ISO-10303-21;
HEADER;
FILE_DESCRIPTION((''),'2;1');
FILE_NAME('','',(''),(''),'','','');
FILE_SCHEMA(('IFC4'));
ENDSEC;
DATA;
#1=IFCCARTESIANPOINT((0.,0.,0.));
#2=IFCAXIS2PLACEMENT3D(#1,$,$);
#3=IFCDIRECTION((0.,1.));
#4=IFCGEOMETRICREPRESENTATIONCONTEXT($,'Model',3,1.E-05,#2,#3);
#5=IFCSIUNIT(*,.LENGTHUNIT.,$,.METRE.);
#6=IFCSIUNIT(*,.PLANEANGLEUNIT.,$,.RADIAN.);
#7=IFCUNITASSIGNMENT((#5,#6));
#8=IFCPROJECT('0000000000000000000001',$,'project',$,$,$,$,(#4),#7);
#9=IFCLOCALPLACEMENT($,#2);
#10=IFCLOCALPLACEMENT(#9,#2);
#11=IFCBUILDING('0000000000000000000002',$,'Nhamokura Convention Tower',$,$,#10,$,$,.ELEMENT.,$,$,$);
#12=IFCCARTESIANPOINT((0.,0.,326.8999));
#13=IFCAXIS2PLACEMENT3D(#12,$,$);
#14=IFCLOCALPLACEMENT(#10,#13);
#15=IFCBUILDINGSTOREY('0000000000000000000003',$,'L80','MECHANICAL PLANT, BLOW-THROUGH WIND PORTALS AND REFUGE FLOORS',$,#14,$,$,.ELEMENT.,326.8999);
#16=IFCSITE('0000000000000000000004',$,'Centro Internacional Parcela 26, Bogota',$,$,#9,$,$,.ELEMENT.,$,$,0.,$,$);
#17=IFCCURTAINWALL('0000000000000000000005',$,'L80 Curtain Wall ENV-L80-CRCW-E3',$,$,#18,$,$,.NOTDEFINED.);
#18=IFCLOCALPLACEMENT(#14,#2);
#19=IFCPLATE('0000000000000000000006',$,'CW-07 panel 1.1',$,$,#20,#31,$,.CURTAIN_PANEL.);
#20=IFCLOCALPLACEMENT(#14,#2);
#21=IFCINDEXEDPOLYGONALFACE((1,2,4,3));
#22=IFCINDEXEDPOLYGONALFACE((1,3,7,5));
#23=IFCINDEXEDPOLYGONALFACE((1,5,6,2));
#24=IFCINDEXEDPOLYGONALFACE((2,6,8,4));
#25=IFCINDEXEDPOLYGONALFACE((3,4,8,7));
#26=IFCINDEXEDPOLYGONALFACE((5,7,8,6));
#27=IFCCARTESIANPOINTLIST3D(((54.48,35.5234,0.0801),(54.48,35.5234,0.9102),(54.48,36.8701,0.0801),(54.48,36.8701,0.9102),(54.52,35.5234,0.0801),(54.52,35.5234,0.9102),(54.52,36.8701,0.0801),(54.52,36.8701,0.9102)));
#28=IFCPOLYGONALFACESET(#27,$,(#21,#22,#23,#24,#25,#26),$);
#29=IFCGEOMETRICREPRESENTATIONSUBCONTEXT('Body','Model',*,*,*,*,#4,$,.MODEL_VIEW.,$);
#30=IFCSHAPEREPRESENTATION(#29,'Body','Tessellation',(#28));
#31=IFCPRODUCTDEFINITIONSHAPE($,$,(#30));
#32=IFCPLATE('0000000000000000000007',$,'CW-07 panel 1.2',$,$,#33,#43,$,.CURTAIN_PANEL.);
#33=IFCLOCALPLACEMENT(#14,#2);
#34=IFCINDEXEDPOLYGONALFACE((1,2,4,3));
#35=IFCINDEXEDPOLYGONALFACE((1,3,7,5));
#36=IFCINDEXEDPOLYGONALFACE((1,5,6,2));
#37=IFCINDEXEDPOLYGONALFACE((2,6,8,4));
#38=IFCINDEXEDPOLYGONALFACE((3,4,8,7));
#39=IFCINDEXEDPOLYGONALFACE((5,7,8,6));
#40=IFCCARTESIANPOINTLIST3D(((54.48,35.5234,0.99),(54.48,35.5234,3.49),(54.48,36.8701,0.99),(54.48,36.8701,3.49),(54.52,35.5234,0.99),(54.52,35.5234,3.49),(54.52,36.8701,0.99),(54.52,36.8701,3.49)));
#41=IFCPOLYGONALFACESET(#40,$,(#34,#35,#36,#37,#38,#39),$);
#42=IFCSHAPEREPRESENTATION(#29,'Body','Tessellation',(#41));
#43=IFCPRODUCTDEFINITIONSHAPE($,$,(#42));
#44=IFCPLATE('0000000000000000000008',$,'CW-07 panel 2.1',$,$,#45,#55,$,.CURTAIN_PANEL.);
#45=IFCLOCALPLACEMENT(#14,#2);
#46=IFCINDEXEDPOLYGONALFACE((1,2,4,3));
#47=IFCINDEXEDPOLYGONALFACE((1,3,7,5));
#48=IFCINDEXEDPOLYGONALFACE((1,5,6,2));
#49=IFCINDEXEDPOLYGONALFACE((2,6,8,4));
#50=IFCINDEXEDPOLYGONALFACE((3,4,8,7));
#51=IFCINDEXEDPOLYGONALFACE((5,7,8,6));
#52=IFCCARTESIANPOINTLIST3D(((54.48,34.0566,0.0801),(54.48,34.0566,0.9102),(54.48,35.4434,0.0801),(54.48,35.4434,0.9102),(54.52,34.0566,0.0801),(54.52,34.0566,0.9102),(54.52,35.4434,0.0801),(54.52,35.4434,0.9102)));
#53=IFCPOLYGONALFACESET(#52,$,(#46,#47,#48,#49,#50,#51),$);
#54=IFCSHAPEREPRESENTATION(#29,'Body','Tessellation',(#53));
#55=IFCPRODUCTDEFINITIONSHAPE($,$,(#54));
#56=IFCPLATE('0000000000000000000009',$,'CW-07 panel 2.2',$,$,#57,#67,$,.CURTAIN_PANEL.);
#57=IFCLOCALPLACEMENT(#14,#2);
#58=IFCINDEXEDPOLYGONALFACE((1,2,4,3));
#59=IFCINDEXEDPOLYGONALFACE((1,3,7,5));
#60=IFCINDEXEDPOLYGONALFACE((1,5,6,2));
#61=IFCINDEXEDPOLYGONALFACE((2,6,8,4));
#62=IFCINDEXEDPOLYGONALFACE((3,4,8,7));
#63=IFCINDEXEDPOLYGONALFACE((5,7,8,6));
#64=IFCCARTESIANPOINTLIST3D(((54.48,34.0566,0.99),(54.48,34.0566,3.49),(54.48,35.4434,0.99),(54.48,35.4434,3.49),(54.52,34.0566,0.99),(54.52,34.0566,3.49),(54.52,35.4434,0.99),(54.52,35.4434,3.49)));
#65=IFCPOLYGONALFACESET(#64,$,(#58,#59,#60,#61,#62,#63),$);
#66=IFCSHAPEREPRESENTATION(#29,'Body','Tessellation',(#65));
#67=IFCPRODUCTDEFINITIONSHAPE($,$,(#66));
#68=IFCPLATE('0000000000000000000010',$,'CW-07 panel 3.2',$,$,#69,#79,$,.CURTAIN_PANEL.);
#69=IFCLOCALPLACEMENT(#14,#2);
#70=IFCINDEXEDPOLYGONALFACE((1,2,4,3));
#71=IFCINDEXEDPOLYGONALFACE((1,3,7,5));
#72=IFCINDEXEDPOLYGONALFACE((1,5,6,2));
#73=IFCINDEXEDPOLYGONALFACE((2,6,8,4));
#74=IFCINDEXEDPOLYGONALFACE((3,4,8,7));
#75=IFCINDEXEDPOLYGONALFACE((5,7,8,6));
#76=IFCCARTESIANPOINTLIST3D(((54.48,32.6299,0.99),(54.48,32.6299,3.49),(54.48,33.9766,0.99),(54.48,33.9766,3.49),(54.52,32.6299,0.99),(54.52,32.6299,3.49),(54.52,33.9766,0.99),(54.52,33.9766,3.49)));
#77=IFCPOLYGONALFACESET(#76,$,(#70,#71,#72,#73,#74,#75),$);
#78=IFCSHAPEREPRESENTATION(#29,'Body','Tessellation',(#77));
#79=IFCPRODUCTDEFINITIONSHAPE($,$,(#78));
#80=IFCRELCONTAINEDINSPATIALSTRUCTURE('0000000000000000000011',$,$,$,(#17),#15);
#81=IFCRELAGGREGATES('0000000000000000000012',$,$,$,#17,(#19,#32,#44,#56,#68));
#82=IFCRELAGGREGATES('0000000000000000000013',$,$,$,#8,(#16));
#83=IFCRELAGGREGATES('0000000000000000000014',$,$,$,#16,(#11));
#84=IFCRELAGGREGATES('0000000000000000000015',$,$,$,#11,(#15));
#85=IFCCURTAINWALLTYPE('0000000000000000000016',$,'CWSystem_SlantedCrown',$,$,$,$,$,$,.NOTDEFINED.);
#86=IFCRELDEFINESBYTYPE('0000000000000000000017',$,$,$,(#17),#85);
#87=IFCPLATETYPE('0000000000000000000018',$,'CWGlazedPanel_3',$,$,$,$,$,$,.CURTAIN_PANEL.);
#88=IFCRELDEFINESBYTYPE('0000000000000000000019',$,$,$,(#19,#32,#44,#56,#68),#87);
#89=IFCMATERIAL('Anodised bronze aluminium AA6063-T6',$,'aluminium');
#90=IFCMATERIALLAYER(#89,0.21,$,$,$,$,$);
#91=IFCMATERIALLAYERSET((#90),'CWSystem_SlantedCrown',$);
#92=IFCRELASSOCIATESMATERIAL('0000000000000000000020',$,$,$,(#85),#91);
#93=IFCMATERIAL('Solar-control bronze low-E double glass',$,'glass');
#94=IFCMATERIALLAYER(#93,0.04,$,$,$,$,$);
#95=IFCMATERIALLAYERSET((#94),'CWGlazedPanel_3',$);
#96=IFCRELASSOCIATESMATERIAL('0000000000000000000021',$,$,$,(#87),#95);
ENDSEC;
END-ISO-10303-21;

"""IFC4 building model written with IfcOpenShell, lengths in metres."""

from ifc_helpers import new_model, si_unit, direction, frame, origin, origin_2d, place, context, subcontext, project, spatial, rectangle, extrude, material, layer, layer_set, type_object, element, aggregate, save


model = new_model("IFC4")

# Units and contexts
model_context = context("Model", 3, precision=1e-05, world=origin(), true_north=direction((0.0, 1.0)))
body_context = subcontext(model_context, "Body", "Model", "MODEL_VIEW")
ifc_project = project(units=[si_unit("LENGTHUNIT", "METRE"), si_unit("PLANEANGLEUNIT", "RADIAN")], contexts=[model_context])

# Site, building, storey
site_placement = place(None, origin())
site = spatial("IfcSite", under=ifc_project, at=site_placement, Name="Centro Internacional Parcela 26, Bogota", CompositionType="ELEMENT", RefElevation=0.0)
building_placement = place(site_placement, origin())
building = spatial("IfcBuilding", under=site, at=building_placement, Name="Nhamokura Convention Tower", CompositionType="ELEMENT")
storey_placement = place(building_placement, frame((0.0, 0.0, 326.8999)))
storey = spatial("IfcBuildingStorey", under=building, at=storey_placement, Name="L80", Description="MECHANICAL PLANT, BLOW-THROUGH WIND PORTALS AND REFUGE FLOORS", CompositionType="ELEMENT", Elevation=326.8999)

# Curtain wall, plates
ifc_material_1 = material(Name="Anodised bronze aluminium AA6063-T6", Category="aluminium")
ifc_layer_1 = layer(ifc_material_1, 0.21)
ifc_layer_set_1 = layer_set([ifc_layer_1], Name="CWSystem_SlantedCrown")
curtain_wall_type = type_object("IfcCurtainWallType", Name="CWSystem_SlantedCrown", PredefinedType="NOTDEFINED", material=ifc_layer_set_1)
curtain_wall_placement = place(storey_placement, origin())
curtain_wall = element("IfcCurtainWall", 1, at=curtain_wall_placement, inside=storey, type_object=curtain_wall_type, Name="L80 Curtain Wall ENV-L80-CRCW-E3", PredefinedType="NOTDEFINED")
ifc_material_2 = material(Name="Solar-control bronze low-E double glass", Category="glass")
ifc_layer_2 = layer(ifc_material_2, 0.04)
ifc_layer_set_2 = layer_set([ifc_layer_2], Name="CWGlazedPanel_3")
plate_type = type_object("IfcPlateType", Name="CWGlazedPanel_3", PredefinedType="CURTAIN_PANEL", material=ifc_layer_set_2)
plate_1_placement = place(storey_placement, frame((54.5, 36.1968, 0.0801), z_axis=(0.0, 0.0, 1.0), x_axis=(0.0, -1.0, 0.0)))
plate_1 = element("IfcPlate", 2, at=plate_1_placement, type_object=plate_type, Name="CW-07 panel 1.1", PredefinedType="CURTAIN_PANEL", context=body_context, shape_type="SweptSolid", body=[
    extrude(rectangle(XDim=1.3467, YDim=0.04, at=origin_2d()), origin(), (0.0, 0.0, 1.0), 0.8301),
])
plate_2_placement = place(storey_placement, frame((54.5, 36.1968, 0.99), z_axis=(0.0, 0.0, 1.0), x_axis=(0.0, -1.0, 0.0)))
plate_2 = element("IfcPlate", 3, at=plate_2_placement, type_object=plate_type, Name="CW-07 panel 1.2", PredefinedType="CURTAIN_PANEL", context=body_context, shape_type="SweptSolid", body=[
    extrude(rectangle(XDim=1.3467, YDim=0.04, at=origin_2d()), origin(), (0.0, 0.0, 1.0), 2.5),
])
plate_3_placement = place(storey_placement, frame((54.5, 34.75, 0.0801), z_axis=(0.0, 0.0, 1.0), x_axis=(0.0, -1.0, 0.0)))
plate_3 = element("IfcPlate", 4, at=plate_3_placement, type_object=plate_type, Name="CW-07 panel 2.1", PredefinedType="CURTAIN_PANEL", context=body_context, shape_type="SweptSolid", body=[
    extrude(rectangle(XDim=1.3867, YDim=0.04, at=origin_2d()), origin(), (0.0, 0.0, 1.0), 0.8301),
])
plate_4_placement = place(storey_placement, frame((54.5, 34.75, 0.99), z_axis=(0.0, 0.0, 1.0), x_axis=(0.0, -1.0, 0.0)))
plate_4 = element("IfcPlate", 5, at=plate_4_placement, type_object=plate_type, Name="CW-07 panel 2.2", PredefinedType="CURTAIN_PANEL", context=body_context, shape_type="SweptSolid", body=[
    extrude(rectangle(XDim=1.3867, YDim=0.04, at=origin_2d()), origin(), (0.0, 0.0, 1.0), 2.5),
])
plate_5_placement = place(storey_placement, frame((54.5, 33.3032, 0.99), z_axis=(0.0, 0.0, 1.0), x_axis=(0.0, -1.0, 0.0)))
plate_5 = element("IfcPlate", 6, at=plate_5_placement, type_object=plate_type, Name="CW-07 panel 3.2", PredefinedType="CURTAIN_PANEL", context=body_context, shape_type="SweptSolid", body=[
    extrude(rectangle(XDim=1.3467, YDim=0.04, at=origin_2d()), origin(), (0.0, 0.0, 1.0), 2.5),
])
aggregate(curtain_wall, [plate_1, plate_2, plate_3, plate_4, plate_5])

save(model, "model.ifc")
